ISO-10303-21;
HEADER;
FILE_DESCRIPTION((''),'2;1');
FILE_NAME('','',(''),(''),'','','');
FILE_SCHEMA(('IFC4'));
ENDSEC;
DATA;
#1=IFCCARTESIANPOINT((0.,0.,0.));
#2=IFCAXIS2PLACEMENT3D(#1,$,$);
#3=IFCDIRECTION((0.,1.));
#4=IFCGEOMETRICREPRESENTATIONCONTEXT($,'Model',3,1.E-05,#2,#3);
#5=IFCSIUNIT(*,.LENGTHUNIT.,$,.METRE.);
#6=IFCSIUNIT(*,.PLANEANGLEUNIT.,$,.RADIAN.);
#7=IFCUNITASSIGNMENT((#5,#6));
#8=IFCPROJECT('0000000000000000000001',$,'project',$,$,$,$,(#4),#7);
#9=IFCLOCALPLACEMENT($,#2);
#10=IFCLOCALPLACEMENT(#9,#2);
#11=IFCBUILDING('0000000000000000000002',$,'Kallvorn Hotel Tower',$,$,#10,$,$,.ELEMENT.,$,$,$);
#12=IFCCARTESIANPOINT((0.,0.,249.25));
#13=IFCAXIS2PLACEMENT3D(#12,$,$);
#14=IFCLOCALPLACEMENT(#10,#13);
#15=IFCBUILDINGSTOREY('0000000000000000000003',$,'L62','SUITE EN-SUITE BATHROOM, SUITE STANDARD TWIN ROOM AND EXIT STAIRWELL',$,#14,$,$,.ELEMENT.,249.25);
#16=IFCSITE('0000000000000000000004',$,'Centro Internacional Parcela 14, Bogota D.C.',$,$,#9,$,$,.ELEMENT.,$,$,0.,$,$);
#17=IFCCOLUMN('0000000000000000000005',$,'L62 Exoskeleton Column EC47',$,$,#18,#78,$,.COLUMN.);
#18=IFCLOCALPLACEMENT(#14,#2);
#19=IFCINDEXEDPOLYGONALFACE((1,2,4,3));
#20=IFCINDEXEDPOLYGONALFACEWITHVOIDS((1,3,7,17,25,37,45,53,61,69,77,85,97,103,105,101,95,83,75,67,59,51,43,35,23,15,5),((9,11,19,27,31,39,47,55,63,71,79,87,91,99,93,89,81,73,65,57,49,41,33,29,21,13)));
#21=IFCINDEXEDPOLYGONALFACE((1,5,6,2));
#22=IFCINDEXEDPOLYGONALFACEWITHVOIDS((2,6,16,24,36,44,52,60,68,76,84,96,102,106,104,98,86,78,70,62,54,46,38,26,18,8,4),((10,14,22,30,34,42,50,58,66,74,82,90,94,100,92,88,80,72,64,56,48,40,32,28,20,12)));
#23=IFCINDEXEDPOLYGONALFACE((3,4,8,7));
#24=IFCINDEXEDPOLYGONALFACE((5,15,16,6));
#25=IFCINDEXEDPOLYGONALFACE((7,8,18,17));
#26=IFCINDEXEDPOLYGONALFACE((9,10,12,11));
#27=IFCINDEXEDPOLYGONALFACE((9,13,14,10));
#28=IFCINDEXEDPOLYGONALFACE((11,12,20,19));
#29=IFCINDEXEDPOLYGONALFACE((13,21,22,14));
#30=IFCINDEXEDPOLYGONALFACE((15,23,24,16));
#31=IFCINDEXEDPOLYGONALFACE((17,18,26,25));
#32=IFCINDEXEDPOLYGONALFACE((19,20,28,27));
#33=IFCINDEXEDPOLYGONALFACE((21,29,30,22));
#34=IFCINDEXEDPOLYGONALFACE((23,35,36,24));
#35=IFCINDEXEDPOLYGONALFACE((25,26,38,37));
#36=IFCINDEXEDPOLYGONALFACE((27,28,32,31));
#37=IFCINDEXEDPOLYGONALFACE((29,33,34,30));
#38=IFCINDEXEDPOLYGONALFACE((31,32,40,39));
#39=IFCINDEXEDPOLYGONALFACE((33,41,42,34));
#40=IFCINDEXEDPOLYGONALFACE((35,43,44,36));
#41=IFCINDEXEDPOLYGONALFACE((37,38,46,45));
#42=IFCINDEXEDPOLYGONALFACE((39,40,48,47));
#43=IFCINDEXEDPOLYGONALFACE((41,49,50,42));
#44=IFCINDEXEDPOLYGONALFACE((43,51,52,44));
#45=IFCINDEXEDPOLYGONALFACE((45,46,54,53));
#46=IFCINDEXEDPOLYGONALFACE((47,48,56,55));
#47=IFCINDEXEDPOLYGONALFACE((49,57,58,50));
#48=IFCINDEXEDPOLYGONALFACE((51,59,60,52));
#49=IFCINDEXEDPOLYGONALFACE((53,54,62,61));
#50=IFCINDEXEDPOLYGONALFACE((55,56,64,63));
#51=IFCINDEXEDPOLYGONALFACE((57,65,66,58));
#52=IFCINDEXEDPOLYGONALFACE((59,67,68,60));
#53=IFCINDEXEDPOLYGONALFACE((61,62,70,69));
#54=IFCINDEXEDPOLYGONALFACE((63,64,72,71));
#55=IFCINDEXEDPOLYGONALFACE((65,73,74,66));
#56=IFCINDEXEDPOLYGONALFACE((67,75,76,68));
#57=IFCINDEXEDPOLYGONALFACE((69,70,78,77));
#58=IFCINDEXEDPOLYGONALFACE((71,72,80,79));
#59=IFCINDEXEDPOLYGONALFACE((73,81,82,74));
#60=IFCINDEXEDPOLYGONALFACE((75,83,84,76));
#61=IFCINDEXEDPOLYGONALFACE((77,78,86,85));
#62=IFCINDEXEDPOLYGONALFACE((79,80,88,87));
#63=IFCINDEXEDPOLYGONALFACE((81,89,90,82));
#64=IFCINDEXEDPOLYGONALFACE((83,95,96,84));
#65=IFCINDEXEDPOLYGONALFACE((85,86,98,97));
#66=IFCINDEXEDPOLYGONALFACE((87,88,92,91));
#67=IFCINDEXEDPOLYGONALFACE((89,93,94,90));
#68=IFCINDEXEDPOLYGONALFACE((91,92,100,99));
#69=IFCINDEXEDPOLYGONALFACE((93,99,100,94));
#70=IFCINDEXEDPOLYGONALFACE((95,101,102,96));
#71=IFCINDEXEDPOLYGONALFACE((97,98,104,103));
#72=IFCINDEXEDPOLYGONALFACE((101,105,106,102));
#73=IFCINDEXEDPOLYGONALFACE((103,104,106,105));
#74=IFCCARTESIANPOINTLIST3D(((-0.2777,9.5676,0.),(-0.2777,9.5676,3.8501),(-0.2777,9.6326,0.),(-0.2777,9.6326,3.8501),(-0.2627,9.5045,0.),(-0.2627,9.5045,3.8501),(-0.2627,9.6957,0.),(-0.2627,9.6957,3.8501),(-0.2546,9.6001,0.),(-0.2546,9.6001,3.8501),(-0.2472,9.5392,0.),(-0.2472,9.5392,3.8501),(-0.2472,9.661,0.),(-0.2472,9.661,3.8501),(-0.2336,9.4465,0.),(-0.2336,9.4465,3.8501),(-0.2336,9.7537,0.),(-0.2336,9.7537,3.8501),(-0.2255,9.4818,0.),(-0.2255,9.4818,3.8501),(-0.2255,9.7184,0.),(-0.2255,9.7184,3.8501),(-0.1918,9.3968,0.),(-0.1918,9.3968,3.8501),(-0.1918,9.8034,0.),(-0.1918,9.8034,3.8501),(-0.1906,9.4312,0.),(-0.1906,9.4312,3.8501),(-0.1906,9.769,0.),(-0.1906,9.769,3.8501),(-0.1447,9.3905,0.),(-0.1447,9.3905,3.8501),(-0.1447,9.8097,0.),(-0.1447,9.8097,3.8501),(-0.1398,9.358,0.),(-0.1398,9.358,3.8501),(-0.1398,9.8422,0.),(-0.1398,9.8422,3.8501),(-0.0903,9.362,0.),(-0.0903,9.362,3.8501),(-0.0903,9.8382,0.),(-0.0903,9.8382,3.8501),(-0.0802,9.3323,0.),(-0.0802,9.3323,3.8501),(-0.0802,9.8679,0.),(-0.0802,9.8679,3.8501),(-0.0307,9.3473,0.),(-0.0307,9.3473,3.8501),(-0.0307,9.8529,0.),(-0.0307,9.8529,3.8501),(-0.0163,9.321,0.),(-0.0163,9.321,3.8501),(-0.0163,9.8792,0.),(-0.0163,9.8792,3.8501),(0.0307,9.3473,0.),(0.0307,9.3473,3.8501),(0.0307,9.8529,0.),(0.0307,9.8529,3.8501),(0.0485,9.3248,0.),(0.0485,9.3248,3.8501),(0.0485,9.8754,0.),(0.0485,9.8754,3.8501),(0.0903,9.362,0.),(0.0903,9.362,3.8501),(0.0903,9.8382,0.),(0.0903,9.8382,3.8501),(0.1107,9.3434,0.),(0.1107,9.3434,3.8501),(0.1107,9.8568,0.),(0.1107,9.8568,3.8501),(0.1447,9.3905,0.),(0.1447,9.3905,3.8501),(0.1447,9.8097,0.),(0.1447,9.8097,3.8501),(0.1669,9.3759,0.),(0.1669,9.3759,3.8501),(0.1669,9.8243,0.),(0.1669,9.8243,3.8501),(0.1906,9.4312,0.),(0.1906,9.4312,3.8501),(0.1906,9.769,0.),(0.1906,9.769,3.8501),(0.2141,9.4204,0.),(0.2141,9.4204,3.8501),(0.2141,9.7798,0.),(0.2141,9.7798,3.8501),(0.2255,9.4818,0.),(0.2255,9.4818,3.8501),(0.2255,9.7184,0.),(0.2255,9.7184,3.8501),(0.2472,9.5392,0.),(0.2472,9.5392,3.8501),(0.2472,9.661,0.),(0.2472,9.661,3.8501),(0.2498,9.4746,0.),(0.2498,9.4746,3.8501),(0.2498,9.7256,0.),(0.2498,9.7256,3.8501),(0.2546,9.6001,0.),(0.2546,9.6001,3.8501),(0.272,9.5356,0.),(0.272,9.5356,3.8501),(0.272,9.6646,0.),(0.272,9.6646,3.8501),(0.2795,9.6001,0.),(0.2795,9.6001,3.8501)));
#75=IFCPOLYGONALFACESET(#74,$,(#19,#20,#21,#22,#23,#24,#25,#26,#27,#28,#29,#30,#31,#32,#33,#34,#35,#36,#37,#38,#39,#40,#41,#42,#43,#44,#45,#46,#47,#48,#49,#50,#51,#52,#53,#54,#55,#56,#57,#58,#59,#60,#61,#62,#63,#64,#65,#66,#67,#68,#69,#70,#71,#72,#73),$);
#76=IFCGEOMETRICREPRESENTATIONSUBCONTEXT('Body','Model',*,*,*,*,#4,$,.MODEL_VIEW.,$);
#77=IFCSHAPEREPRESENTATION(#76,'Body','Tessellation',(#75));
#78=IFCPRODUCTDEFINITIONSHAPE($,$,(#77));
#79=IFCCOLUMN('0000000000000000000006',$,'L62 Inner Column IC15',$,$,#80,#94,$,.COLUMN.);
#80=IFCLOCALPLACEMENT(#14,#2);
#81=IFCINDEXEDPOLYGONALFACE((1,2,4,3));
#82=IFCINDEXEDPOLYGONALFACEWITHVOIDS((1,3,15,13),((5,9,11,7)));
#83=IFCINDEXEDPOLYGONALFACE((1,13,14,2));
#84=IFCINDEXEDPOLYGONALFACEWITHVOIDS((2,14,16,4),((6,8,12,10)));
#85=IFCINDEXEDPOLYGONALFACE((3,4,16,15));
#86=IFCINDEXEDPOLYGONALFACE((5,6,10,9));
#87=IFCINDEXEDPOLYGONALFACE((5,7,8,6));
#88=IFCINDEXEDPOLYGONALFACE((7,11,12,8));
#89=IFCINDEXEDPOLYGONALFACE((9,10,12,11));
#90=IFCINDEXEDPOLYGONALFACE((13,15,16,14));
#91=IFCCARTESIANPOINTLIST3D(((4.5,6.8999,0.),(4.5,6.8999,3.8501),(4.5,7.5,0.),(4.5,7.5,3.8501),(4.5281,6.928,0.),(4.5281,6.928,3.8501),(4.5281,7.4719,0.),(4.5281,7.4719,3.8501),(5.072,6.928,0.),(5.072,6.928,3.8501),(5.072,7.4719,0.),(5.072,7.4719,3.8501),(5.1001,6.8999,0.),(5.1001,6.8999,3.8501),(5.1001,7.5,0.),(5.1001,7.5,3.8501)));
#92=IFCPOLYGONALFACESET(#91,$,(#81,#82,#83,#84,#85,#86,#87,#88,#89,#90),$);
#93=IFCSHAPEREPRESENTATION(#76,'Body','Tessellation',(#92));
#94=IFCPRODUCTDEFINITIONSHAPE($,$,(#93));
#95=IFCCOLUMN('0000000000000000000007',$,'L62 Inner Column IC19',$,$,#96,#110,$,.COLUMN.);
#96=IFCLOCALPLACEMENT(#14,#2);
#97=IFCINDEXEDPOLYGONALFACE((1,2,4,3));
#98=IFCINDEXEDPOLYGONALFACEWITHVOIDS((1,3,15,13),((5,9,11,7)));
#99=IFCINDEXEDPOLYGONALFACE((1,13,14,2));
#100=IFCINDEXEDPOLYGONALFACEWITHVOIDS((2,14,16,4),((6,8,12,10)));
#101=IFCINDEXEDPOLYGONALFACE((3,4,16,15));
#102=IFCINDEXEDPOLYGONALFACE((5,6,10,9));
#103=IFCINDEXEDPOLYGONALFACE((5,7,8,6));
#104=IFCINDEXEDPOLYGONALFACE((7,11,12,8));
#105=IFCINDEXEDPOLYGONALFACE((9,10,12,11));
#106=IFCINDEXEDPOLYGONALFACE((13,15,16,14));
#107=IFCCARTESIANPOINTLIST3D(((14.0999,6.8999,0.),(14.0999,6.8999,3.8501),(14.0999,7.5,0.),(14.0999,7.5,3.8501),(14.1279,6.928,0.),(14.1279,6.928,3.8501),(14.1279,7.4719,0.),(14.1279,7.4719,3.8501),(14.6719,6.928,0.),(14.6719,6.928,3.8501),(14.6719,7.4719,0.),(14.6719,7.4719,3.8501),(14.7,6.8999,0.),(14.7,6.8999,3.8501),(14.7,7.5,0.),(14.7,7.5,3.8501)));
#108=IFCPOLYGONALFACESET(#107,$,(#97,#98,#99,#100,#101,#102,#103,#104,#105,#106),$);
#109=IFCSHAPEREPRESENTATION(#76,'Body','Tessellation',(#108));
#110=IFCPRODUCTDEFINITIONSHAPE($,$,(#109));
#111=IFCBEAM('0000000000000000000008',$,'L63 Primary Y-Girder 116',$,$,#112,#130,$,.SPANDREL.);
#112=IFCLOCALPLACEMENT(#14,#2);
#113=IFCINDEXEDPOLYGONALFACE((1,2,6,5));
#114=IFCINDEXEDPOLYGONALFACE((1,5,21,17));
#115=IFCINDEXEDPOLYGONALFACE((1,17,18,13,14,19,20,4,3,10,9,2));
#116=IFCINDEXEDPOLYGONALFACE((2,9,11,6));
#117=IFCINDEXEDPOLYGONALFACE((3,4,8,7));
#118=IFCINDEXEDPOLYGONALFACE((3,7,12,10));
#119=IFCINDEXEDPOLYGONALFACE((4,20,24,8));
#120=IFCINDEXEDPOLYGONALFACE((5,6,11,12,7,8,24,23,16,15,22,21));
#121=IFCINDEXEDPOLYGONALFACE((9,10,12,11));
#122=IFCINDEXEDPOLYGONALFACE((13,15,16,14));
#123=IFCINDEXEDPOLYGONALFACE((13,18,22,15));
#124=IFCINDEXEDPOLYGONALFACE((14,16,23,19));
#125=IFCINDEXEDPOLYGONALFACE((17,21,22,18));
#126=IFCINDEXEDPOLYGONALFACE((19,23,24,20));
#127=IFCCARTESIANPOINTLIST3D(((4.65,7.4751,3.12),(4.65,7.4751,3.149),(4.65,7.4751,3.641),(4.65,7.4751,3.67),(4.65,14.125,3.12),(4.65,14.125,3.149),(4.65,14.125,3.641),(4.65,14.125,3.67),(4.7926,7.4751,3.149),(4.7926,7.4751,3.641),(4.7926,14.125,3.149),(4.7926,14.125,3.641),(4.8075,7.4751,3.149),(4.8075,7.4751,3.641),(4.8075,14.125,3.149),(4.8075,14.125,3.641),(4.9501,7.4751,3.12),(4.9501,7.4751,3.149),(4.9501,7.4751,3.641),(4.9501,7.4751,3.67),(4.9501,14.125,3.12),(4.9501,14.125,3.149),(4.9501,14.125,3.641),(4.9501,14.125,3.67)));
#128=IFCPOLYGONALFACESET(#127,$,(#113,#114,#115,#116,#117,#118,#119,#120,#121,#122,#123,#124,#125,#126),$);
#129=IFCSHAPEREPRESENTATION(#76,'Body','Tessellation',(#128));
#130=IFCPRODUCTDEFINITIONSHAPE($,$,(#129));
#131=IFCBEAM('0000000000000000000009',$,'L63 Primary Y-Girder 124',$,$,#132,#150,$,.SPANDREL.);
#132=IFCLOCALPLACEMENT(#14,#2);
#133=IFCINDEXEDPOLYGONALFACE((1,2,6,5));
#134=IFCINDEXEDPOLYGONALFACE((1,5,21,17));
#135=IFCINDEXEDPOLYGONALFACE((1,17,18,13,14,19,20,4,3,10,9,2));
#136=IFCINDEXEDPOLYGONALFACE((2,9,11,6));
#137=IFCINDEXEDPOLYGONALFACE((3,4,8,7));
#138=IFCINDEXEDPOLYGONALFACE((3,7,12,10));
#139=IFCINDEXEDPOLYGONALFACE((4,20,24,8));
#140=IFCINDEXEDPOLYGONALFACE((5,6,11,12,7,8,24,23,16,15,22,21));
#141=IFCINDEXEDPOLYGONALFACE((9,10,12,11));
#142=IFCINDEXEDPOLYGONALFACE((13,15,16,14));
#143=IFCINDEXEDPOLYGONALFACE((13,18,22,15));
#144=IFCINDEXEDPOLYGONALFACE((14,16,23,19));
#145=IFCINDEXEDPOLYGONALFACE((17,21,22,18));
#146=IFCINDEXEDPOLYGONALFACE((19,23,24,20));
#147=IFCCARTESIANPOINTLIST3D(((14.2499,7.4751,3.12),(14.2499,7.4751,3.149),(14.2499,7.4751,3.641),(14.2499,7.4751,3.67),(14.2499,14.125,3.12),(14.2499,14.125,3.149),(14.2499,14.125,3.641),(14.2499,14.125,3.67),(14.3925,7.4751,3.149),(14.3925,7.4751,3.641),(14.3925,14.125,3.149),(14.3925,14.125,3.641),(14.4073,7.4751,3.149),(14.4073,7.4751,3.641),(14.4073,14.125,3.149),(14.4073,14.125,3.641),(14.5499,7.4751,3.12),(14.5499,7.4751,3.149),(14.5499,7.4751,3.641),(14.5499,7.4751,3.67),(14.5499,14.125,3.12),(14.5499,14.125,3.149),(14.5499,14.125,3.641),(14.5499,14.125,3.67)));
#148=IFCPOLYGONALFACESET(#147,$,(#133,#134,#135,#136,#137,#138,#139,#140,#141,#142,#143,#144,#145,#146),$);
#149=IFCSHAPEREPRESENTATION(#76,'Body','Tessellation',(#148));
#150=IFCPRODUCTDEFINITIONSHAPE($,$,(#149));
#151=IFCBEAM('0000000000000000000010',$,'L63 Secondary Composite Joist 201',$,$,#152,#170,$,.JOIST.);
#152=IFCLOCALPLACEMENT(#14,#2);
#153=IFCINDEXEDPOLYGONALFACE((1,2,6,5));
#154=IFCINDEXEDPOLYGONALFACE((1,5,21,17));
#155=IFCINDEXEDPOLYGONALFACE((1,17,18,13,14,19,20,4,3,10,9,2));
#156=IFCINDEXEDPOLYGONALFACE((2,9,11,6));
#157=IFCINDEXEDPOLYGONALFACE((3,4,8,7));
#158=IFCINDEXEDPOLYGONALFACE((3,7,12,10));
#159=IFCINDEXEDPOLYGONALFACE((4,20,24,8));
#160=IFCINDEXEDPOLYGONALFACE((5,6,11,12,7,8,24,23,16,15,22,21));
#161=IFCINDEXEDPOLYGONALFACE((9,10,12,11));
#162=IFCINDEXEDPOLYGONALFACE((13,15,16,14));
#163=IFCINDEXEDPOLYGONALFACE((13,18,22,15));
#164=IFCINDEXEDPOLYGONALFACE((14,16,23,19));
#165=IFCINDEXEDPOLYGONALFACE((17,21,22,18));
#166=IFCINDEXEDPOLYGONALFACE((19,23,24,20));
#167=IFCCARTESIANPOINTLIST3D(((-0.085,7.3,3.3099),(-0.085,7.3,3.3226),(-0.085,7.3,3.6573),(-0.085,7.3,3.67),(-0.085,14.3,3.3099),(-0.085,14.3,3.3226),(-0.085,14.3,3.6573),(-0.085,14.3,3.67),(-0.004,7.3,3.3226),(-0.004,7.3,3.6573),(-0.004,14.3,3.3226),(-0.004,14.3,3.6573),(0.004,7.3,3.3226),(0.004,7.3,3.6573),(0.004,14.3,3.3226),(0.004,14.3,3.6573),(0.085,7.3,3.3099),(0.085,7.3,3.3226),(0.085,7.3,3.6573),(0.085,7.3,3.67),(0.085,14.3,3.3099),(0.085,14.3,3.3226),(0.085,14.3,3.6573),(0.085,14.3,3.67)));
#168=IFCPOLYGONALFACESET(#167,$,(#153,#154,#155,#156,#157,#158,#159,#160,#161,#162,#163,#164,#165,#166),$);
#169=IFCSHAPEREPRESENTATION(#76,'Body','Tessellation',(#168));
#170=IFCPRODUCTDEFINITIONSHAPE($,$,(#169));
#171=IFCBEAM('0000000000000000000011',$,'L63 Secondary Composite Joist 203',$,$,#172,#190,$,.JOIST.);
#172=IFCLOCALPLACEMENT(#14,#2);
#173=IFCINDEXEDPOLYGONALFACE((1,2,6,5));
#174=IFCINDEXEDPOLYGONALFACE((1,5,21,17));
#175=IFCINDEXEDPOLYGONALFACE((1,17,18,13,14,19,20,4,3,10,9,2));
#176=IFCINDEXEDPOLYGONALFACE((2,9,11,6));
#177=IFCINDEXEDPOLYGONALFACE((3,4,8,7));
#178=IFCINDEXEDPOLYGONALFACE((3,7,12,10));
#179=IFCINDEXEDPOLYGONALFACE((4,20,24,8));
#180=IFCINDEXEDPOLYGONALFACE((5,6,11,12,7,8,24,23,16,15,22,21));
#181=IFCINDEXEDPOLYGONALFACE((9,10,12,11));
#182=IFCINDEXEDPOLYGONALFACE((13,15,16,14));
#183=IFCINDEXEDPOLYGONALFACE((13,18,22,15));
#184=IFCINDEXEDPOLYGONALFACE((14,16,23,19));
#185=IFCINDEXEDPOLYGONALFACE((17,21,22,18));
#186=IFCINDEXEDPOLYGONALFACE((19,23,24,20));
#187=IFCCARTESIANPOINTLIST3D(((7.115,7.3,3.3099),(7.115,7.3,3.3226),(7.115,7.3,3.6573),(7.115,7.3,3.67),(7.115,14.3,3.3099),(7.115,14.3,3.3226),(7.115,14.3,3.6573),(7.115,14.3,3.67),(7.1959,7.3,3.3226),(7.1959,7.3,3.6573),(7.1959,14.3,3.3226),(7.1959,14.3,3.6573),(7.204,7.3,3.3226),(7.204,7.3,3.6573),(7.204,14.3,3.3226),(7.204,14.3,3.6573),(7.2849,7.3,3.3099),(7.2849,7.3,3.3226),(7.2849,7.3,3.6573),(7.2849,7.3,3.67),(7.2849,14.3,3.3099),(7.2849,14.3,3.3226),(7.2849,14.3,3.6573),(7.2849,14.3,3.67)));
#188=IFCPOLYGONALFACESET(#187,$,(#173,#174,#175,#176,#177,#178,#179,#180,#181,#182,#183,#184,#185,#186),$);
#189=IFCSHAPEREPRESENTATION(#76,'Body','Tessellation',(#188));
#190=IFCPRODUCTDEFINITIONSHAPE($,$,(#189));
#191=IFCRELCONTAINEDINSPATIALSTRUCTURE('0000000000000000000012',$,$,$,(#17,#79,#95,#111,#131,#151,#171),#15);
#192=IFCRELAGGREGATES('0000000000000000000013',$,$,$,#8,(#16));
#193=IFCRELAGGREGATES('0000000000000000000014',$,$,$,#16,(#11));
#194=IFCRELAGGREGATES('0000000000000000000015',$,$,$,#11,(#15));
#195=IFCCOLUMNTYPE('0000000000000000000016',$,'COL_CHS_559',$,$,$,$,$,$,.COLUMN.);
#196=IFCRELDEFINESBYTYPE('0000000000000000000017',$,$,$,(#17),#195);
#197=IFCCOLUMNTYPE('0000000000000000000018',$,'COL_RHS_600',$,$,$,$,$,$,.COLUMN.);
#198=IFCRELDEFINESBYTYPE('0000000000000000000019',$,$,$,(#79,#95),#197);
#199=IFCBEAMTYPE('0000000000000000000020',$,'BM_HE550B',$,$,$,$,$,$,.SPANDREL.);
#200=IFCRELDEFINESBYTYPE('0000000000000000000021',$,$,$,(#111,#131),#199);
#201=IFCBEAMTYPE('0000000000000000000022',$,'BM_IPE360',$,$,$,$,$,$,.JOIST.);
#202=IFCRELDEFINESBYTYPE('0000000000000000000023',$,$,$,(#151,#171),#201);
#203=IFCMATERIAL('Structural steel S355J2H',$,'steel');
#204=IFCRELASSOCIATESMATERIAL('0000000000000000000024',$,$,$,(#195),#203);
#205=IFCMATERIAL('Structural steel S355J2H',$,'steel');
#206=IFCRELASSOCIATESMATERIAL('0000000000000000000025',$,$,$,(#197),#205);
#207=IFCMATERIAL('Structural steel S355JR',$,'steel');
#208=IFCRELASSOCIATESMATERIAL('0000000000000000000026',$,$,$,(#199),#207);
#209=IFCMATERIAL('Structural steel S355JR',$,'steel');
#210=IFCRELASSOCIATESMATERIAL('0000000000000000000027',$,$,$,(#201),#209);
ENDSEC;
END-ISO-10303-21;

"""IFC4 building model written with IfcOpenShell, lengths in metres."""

from ifc_helpers import new_model, si_unit, direction, frame, origin, origin_2d, place, context, subcontext, project, spatial, hollow_rectangle, hollow_circle, i_section, extrude, material, material_profile, profile_set, type_object, element, save


model = new_model("IFC4")

# Units and contexts
model_context = context("Model", 3, precision=1e-05, world=origin(), true_north=direction((0.0, 1.0)))
body_context = subcontext(model_context, "Body", "Model", "MODEL_VIEW")
ifc_project = project(units=[si_unit("LENGTHUNIT", "METRE"), si_unit("PLANEANGLEUNIT", "RADIAN")], contexts=[model_context])

# Site, building, storey
site_placement = place(None, origin())
site = spatial("IfcSite", under=ifc_project, at=site_placement, Name="Centro Internacional Parcela 14, Bogota D.C.", CompositionType="ELEMENT", RefElevation=0.0)
building_placement = place(site_placement, origin())
building = spatial("IfcBuilding", under=site, at=building_placement, Name="Kallvorn Hotel Tower", CompositionType="ELEMENT")
storey_placement = place(building_placement, frame((0.0, 0.0, 249.25)))
storey = spatial("IfcBuildingStorey", under=building, at=storey_placement, Name="L62", Description="SUITE EN-SUITE BATHROOM, SUITE STANDARD TWIN ROOM AND EXIT STAIRWELL", CompositionType="ELEMENT", Elevation=249.25)

# Columns
ifc_material_1 = material(Name="Structural steel S355J2H", Category="steel")
ifc_material_profile_1 = material_profile(ifc_material_1, hollow_circle(Radius=0.2795, WallThickness=0.0249, at=origin_2d()), Name="CHS 559x25")
ifc_profile_set_1 = profile_set([ifc_material_profile_1], Name="Structural steel S355J2H")
column_type_1 = type_object("IfcColumnType", Name="COL_CHS_559", PredefinedType="COLUMN", material=ifc_profile_set_1)
column_placement = place(storey_placement, frame((0.0, 9.6001, 0.0), z_axis=(0.0, 0.0, 1.0), x_axis=(1.0, 0.0, 0.0)))
element("IfcColumn", 1, at=column_placement, inside=storey, type_object=column_type_1, Name="L62 Exoskeleton Column EC47", PredefinedType="COLUMN", context=body_context, shape_type="SweptSolid", body=[
    extrude(hollow_circle(Radius=0.2795, WallThickness=0.0249, at=origin_2d()), origin(), (0.0, 0.0, 1.0), 3.8501),
])
ifc_material_2 = material(Name="Structural steel S355J2H", Category="steel")
ifc_material_profile_2 = material_profile(ifc_material_2, hollow_rectangle(XDim=0.6001, YDim=0.6001, WallThickness=0.0281, at=origin_2d()), Name="RHS 600x600x28")
ifc_profile_set_2 = profile_set([ifc_material_profile_2], Name="Structural steel S355J2H")
column_type_2 = type_object("IfcColumnType", Name="COL_RHS_600", PredefinedType="COLUMN", material=ifc_profile_set_2)
for number, where, z_axis, x_axis, name in (
    (2, (4.8, 7.2, 0.0), (0.0, 0.0, 1.0), (1.0, 0.0, 0.0), "L62 Inner Column IC15"),
    (3, (14.3999, 7.2, 0.0), (0.0, 0.0, 1.0), (1.0, 0.0, 0.0), "L62 Inner Column IC19"),
):
    element("IfcColumn", number, at=place(storey_placement, frame(where, z_axis=z_axis, x_axis=x_axis)), inside=storey, type_object=column_type_2, Name=name, PredefinedType="COLUMN", context=body_context, shape_type="SweptSolid", body=[
        extrude(hollow_rectangle(XDim=0.6001, YDim=0.6001, WallThickness=0.0281, at=origin_2d()), origin(), (0.0, 0.0, 1.0), 3.8501),
    ])

# Beams
ifc_material_3 = material(Name="Structural steel S355JR", Category="steel")
ifc_material_profile_3 = material_profile(ifc_material_3, i_section(OverallWidth=0.3, OverallDepth=0.55, WebThickness=0.0149, FlangeThickness=0.0291, at=origin_2d()), Name="HE 550 B")
ifc_profile_set_3 = profile_set([ifc_material_profile_3], Name="Structural steel S355JR")
beam_type_1 = type_object("IfcBeamType", Name="BM_HE550B", PredefinedType="SPANDREL", material=ifc_profile_set_3)
for number, where, z_axis, x_axis, name in (
    (4, (4.8, 7.4751, 3.395), (0.0, 1.0, 0.0), (-1.0, 0.0, 0.0), "L63 Primary Y-Girder 116"),
    (5, (14.3999, 7.4751, 3.395), (0.0, 1.0, 0.0), (-1.0, 0.0, 0.0), "L63 Primary Y-Girder 124"),
):
    element("IfcBeam", number, at=place(storey_placement, frame(where, z_axis=z_axis, x_axis=x_axis)), inside=storey, type_object=beam_type_1, Name=name, PredefinedType="SPANDREL", context=body_context, shape_type="SweptSolid", body=[
        extrude(i_section(OverallWidth=0.3, OverallDepth=0.55, WebThickness=0.0149, FlangeThickness=0.0291, at=origin_2d()), origin(), (0.0, 0.0, 1.0), 6.6499),
    ])
ifc_material_4 = material(Name="Structural steel S355JR", Category="steel")
ifc_material_profile_4 = material_profile(ifc_material_4, i_section(OverallWidth=0.1699, OverallDepth=0.3601, WebThickness=0.0081, FlangeThickness=0.0127, at=origin_2d()), Name="IPE 360")
ifc_profile_set_4 = profile_set([ifc_material_profile_4], Name="Structural steel S355JR")
beam_type_2 = type_object("IfcBeamType", Name="BM_IPE360", PredefinedType="JOIST", material=ifc_profile_set_4)
for number, where, z_axis, x_axis, name in (
    (6, (0.0, 7.3, 3.49), (0.0, 1.0, 0.0), (-1.0, 0.0, 0.0), "L63 Secondary Composite Joist 201"),
    (7, (7.2, 7.3, 3.49), (0.0, 1.0, 0.0), (-1.0, 0.0, 0.0), "L63 Secondary Composite Joist 203"),
):
    element("IfcBeam", number, at=place(storey_placement, frame(where, z_axis=z_axis, x_axis=x_axis)), inside=storey, type_object=beam_type_2, Name=name, PredefinedType="JOIST", context=body_context, shape_type="SweptSolid", body=[
        extrude(i_section(OverallWidth=0.1699, OverallDepth=0.3601, WebThickness=0.0081, FlangeThickness=0.0127, at=origin_2d()), origin(), (0.0, 0.0, 1.0), 7.0),
    ])

save(model, "model.ifc")
